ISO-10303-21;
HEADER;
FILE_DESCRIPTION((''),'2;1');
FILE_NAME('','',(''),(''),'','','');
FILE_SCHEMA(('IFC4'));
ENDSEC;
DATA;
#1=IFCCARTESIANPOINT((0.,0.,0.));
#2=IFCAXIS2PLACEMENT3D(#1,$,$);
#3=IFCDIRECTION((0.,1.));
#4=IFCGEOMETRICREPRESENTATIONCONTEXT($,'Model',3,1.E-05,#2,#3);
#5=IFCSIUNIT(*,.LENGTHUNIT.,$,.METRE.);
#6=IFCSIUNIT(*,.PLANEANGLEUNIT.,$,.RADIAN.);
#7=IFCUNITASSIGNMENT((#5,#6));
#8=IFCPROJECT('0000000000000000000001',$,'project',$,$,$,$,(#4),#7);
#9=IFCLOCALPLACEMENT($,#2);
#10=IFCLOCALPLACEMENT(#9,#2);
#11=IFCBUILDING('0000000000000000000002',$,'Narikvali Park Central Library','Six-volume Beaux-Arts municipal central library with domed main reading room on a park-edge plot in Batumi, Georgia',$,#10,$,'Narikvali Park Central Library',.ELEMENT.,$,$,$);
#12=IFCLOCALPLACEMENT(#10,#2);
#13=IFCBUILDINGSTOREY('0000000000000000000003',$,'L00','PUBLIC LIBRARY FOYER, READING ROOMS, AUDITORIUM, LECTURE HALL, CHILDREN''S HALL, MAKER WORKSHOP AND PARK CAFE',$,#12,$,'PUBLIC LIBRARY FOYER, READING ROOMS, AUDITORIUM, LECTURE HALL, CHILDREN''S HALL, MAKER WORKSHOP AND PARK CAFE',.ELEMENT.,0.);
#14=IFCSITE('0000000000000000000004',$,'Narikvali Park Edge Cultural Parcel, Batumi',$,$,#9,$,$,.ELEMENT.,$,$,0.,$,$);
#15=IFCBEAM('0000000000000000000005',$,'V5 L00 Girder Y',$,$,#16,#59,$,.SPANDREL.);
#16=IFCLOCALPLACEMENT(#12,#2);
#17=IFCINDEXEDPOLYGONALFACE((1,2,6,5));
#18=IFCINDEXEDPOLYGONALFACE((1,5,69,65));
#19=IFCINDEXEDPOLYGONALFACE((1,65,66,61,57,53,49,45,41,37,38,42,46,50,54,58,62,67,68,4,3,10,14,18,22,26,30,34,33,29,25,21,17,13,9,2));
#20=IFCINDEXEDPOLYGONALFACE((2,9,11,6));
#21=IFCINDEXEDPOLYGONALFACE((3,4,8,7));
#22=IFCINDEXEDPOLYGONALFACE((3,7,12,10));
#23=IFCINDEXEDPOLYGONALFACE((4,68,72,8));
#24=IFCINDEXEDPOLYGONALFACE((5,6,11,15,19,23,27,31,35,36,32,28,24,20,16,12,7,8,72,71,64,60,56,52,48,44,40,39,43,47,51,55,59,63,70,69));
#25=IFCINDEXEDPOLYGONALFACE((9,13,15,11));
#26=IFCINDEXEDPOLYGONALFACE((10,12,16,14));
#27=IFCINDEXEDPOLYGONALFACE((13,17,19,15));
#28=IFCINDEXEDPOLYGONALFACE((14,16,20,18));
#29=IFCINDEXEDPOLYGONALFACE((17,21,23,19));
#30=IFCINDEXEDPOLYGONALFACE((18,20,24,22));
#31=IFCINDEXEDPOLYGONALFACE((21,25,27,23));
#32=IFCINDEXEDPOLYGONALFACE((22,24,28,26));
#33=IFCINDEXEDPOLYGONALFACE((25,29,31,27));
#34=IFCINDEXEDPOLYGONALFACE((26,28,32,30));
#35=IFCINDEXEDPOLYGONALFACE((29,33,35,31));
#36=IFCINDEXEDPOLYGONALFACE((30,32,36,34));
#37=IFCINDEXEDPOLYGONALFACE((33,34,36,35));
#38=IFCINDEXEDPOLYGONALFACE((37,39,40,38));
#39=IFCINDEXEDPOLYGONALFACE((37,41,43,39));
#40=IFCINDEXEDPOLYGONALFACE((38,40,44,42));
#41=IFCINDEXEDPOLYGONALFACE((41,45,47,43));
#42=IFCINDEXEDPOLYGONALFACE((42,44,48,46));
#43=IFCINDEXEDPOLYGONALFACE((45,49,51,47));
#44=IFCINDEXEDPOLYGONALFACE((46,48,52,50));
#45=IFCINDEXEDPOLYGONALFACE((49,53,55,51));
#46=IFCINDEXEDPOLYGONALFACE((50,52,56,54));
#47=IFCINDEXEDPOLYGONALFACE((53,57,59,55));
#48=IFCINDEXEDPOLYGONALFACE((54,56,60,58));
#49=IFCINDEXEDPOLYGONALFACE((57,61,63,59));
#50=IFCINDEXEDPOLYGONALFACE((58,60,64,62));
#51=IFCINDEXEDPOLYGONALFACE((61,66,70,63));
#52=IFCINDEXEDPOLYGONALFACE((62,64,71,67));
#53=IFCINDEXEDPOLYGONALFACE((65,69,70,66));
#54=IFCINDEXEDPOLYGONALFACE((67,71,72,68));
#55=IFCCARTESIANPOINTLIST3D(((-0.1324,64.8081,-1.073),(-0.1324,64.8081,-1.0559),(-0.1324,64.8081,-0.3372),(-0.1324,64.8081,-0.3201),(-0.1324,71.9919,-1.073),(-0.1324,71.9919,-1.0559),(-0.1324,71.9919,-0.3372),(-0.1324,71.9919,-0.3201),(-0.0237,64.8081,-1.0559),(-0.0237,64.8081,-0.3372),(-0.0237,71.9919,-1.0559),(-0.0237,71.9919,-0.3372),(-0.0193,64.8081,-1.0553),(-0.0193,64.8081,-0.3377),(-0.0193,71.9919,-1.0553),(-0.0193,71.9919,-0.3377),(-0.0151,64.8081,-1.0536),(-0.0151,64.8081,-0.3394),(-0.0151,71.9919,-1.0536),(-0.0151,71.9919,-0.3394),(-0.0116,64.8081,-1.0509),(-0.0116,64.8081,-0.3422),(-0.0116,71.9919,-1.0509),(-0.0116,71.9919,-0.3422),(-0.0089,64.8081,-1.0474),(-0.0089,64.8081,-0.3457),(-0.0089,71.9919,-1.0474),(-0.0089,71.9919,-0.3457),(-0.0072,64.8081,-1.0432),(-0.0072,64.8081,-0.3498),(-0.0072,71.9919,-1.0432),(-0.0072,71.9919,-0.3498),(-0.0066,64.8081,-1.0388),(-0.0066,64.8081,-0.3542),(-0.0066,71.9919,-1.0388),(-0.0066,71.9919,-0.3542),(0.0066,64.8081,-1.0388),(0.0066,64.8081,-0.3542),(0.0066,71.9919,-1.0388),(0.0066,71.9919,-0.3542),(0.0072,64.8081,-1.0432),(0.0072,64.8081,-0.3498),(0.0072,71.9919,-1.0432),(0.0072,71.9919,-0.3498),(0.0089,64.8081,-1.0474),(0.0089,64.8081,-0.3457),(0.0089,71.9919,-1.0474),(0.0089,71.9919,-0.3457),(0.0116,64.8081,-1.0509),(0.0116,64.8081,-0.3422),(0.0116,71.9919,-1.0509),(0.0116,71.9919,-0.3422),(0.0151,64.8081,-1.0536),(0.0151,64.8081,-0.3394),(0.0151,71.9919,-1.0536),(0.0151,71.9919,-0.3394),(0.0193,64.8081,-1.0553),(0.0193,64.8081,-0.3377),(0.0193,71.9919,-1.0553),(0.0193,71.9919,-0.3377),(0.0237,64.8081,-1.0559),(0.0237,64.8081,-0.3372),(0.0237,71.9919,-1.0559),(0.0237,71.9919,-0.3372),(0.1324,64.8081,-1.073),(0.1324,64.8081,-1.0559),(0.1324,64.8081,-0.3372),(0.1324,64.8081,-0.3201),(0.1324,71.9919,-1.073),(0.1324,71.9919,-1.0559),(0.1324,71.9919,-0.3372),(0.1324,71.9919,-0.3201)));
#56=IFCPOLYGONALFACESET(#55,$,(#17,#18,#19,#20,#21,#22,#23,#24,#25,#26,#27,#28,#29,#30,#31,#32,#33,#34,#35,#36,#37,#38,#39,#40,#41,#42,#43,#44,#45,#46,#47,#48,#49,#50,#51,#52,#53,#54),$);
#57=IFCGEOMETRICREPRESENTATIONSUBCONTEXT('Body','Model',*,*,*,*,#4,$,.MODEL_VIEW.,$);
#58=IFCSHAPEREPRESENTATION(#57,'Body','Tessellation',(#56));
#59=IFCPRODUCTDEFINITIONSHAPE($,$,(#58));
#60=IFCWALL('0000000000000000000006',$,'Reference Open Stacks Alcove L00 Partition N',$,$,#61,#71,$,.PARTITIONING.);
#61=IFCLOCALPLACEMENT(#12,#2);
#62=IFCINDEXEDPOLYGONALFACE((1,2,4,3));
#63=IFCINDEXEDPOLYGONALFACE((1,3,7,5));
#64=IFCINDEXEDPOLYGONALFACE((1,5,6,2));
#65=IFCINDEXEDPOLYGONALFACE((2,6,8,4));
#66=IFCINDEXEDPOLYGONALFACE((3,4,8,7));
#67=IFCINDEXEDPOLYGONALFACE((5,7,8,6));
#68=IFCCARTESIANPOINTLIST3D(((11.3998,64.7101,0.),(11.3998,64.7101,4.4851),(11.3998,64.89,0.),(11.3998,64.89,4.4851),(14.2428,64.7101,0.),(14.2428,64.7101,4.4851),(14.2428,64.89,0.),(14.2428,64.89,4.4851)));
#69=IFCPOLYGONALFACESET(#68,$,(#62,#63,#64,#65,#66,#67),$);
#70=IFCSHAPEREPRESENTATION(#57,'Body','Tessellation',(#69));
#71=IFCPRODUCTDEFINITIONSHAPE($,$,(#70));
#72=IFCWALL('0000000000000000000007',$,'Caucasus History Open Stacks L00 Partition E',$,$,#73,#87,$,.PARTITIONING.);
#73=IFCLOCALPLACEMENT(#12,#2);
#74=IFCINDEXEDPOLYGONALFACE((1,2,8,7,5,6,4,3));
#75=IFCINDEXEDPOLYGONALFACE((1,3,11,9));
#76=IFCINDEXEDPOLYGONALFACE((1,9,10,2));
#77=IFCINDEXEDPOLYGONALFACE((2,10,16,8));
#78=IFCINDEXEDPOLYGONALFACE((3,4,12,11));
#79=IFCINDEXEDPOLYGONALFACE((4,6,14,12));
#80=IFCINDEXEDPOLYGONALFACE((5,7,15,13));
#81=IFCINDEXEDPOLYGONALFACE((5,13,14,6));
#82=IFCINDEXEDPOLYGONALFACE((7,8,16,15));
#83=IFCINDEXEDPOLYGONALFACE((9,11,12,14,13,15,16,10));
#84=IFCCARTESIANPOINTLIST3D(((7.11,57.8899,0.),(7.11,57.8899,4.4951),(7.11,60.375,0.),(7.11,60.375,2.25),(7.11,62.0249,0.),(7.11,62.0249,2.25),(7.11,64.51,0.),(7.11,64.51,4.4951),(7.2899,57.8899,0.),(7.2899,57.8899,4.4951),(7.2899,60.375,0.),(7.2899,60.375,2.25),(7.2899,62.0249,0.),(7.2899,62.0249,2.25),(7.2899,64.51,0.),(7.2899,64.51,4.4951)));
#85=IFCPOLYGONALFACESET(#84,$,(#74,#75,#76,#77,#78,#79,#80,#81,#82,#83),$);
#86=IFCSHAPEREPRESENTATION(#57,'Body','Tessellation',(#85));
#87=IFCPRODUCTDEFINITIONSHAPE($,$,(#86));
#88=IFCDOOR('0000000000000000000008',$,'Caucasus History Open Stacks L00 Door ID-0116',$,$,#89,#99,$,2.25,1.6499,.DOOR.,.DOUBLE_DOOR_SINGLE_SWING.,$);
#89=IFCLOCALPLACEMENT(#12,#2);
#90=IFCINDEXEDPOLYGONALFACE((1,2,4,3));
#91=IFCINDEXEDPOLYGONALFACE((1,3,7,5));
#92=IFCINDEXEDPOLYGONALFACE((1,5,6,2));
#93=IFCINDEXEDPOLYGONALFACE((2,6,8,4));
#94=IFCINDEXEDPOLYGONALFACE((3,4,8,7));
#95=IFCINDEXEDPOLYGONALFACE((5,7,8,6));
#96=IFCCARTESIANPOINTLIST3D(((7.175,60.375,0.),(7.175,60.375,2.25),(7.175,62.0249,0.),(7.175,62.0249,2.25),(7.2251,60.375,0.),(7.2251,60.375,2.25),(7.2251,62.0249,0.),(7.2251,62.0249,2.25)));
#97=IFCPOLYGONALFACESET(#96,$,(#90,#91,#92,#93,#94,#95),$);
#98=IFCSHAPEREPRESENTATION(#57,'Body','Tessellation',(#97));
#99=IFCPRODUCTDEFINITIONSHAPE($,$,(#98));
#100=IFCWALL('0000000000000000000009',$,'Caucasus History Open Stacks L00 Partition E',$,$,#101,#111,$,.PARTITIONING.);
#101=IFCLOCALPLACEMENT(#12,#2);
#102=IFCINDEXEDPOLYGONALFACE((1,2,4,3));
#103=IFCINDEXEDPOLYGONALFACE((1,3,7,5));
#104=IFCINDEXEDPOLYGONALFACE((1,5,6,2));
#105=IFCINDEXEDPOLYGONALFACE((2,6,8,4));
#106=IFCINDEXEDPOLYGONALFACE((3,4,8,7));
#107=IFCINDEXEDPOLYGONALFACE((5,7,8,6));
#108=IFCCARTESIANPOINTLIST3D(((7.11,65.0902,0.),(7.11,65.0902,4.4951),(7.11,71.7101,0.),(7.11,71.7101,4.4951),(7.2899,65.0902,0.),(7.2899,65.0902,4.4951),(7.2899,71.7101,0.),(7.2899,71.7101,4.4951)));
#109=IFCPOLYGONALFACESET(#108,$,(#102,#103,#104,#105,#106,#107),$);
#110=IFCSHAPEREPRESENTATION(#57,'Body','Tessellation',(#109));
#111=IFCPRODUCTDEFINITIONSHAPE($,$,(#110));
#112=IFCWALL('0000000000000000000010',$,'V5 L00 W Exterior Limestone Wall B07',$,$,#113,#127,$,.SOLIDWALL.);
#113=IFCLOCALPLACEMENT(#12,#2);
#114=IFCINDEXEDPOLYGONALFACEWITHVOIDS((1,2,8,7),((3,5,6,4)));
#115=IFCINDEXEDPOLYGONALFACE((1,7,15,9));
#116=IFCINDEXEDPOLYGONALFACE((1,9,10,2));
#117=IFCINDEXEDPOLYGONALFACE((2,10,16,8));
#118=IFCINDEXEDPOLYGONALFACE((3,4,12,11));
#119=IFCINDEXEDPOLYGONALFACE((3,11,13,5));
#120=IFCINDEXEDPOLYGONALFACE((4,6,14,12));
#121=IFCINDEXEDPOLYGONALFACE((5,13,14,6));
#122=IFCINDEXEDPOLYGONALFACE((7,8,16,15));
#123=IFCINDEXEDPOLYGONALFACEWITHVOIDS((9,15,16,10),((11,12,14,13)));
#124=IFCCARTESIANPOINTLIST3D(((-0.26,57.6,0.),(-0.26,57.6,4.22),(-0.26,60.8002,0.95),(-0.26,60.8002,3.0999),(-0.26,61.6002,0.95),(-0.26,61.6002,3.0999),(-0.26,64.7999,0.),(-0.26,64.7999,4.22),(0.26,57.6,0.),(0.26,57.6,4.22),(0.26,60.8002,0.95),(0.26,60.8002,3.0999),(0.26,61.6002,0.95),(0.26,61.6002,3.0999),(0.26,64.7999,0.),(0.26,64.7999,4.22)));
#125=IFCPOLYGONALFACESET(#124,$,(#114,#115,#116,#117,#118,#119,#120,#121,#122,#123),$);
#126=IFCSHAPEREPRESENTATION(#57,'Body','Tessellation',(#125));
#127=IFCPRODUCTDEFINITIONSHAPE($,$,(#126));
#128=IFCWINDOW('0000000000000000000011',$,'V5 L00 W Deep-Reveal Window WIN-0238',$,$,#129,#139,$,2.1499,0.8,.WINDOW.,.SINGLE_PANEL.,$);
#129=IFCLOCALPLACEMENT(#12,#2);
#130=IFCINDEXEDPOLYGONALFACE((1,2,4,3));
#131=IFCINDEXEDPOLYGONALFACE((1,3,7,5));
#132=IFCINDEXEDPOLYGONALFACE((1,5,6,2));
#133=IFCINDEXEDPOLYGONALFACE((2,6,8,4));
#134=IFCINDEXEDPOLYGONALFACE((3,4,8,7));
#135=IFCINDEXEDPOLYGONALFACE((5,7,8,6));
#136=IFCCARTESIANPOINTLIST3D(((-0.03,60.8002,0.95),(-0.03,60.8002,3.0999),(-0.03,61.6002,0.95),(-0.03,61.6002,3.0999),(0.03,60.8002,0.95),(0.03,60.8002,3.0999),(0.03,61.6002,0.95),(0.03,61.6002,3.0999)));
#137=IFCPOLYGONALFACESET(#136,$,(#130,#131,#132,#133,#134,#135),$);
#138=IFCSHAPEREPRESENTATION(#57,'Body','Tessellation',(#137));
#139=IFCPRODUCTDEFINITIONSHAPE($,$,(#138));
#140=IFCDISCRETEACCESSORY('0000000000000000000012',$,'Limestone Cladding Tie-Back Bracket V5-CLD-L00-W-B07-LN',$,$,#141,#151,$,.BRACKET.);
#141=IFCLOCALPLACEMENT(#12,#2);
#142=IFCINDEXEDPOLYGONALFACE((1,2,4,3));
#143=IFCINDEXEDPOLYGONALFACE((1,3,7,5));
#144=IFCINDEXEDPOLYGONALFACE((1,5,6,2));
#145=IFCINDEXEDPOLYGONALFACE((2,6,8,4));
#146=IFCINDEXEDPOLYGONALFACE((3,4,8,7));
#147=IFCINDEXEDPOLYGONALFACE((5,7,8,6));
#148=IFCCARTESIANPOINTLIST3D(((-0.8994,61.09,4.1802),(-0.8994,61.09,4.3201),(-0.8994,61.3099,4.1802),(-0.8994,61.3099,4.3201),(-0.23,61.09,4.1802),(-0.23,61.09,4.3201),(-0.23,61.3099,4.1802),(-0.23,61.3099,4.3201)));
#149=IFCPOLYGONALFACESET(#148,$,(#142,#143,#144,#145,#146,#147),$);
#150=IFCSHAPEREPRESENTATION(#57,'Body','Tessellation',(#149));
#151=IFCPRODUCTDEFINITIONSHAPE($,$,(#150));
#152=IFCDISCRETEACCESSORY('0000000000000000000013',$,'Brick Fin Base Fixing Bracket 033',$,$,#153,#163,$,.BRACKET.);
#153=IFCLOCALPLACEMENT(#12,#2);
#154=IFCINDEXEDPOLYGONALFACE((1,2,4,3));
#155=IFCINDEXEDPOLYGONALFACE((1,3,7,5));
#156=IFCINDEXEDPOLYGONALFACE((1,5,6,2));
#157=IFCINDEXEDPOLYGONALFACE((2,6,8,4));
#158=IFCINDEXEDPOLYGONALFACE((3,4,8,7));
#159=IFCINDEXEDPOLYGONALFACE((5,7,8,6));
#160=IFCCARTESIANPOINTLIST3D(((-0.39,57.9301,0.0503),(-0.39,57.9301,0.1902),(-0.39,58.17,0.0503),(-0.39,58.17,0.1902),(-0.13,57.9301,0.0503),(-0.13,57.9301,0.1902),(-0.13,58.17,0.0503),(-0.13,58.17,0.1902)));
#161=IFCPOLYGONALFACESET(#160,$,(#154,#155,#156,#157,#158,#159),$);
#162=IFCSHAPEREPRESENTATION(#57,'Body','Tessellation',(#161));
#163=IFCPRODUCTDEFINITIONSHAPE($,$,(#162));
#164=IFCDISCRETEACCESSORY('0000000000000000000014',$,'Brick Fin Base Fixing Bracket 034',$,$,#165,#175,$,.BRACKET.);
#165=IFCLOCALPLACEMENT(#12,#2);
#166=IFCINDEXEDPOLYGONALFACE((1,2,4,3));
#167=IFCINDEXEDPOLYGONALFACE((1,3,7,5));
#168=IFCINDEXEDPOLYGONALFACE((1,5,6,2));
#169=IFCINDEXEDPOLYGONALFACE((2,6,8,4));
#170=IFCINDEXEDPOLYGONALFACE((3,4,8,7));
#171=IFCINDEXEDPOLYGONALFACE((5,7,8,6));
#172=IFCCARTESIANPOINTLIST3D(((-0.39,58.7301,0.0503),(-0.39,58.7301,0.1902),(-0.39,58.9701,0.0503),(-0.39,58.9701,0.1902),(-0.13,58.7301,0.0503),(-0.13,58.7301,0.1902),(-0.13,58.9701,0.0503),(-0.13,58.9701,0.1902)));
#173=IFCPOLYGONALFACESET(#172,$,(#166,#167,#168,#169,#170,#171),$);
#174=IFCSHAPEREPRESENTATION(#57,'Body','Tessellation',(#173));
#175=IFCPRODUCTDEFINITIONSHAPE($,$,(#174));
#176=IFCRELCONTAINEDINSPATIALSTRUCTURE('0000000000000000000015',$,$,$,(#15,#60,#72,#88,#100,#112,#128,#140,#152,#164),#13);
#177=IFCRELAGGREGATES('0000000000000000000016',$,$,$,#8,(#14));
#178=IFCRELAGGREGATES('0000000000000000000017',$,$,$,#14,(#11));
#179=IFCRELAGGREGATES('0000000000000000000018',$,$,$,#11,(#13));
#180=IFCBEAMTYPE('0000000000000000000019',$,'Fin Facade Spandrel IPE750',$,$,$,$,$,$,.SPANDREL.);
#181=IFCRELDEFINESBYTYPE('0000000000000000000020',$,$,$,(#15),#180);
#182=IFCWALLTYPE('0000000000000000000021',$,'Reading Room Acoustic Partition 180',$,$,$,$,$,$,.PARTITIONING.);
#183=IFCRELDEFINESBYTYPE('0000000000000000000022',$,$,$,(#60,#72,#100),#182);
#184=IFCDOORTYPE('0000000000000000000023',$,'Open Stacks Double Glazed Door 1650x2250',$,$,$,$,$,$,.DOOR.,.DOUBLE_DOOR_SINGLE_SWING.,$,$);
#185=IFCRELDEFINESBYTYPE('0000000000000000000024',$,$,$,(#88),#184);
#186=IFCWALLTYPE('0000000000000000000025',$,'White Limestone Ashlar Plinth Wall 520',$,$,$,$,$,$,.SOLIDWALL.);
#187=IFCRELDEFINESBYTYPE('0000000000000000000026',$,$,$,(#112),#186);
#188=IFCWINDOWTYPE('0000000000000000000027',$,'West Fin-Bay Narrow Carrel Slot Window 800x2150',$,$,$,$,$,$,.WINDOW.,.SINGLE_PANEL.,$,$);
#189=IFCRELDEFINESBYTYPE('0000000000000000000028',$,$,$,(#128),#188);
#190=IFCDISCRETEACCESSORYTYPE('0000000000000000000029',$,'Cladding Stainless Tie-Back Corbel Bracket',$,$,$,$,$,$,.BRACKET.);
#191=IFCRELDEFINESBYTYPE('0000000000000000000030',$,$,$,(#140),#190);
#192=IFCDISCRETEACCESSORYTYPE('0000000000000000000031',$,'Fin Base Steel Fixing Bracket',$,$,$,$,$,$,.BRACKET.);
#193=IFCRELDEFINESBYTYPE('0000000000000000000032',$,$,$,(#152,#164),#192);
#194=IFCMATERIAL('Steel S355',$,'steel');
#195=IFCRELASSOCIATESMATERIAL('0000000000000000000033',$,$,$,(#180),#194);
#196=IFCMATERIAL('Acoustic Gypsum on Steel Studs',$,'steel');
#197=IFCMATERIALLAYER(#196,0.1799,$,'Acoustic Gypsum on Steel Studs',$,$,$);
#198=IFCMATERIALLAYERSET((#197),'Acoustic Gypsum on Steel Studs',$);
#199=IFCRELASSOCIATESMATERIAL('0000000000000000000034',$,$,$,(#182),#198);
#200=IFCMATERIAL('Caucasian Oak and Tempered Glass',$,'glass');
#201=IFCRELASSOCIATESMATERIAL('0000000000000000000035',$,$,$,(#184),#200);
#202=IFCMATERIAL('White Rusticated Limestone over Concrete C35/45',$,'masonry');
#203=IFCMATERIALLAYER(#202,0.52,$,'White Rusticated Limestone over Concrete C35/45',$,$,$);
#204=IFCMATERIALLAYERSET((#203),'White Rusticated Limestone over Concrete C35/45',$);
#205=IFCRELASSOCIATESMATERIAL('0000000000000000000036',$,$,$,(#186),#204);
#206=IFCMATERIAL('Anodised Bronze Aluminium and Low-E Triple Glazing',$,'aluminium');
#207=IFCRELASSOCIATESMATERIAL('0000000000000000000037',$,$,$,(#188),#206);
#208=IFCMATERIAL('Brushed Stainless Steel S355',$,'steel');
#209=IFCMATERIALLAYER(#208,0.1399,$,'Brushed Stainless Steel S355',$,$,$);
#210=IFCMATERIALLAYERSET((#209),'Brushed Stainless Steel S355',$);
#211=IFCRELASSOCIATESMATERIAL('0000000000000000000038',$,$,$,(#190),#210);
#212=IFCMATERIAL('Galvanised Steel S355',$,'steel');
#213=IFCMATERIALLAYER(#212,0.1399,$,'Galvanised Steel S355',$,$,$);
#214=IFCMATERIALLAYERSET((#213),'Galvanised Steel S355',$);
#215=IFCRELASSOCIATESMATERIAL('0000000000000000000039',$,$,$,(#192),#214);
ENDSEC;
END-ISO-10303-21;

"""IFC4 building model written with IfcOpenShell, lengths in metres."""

from ifc_helpers import new_model, si_unit, direction, frame, frame_2d, origin, origin_2d, place, context, subcontext, project, spatial, rectangle, i_section, extrude, material, layer, layer_set, material_profile, profile_set, type_object, element, fill, save


model = new_model("IFC4")

# Units and contexts
model_context = context("Model", 3, precision=1e-05, world=origin(), true_north=direction((0.0, 1.0)))
body_context = subcontext(model_context, "Body", "Model", "MODEL_VIEW")
ifc_project = project(units=[si_unit("LENGTHUNIT", "METRE"), si_unit("PLANEANGLEUNIT", "RADIAN")], contexts=[model_context])

# Site, building, storey
site_placement = place(None, origin())
site = spatial("IfcSite", under=ifc_project, at=site_placement, Name="Narikvali Park Edge Cultural Parcel, Batumi", CompositionType="ELEMENT", RefElevation=0.0)
building_placement = place(site_placement, origin())
building = spatial("IfcBuilding", under=site, at=building_placement, Name="Narikvali Park Central Library", Description="Six-volume Beaux-Arts municipal central library with domed main reading room on a park-edge plot in Batumi, Georgia", LongName="Narikvali Park Central Library", CompositionType="ELEMENT")
storey_placement = place(building_placement, origin())
storey = spatial("IfcBuildingStorey", under=building, at=storey_placement, Name="L00", Description="PUBLIC LIBRARY FOYER, READING ROOMS, AUDITORIUM, LECTURE HALL, CHILDREN'S HALL, MAKER WORKSHOP AND PARK CAFE", LongName="PUBLIC LIBRARY FOYER, READING ROOMS, AUDITORIUM, LECTURE HALL, CHILDREN'S HALL, MAKER WORKSHOP AND PARK CAFE", CompositionType="ELEMENT", Elevation=0.0)

# Shared definitions
ifc_material_1 = material(Name="Steel S355", Category="steel")

# Beam
ifc_material_profile_1 = material_profile(ifc_material_1, i_section(OverallWidth=0.2649, OverallDepth=0.7529, WebThickness=0.0132, FlangeThickness=0.0171, FilletRadius=0.0171, at=origin_2d()), Name="IPE 750x147")
ifc_profile_set_1 = profile_set([ifc_material_profile_1], Name="Steel S355")
beam_type_1 = type_object("IfcBeamType", Name="Fin Facade Spandrel IPE750", PredefinedType="SPANDREL", material=ifc_profile_set_1)
beam_1_placement = place(storey_placement, frame((0.0, 64.8081, -0.6965), z_axis=(0.0, 1.0, 0.0), x_axis=(-1.0, 0.0, 0.0)))
element("IfcBeam", 1, at=beam_1_placement, inside=storey, type_object=beam_type_1, Name="V5 L00 Girder Y", PredefinedType="SPANDREL", context=body_context, shape_type="SweptSolid", body=[
    extrude(i_section(OverallWidth=0.2649, OverallDepth=0.7529, WebThickness=0.0132, FlangeThickness=0.0171, FilletRadius=0.0171, at=origin_2d()), origin(), (0.0, 0.0, 1.0), 7.1838),
])

# Wall
ifc_material_2 = material(Name="Acoustic Gypsum on Steel Studs", Category="steel")
ifc_layer_1 = layer(ifc_material_2, 0.1799, Name="Acoustic Gypsum on Steel Studs")
ifc_layer_set_1 = layer_set([ifc_layer_1], Name="Acoustic Gypsum on Steel Studs")
wall_type_1 = type_object("IfcWallType", Name="Reading Room Acoustic Partition 180", PredefinedType="PARTITIONING", material=ifc_layer_set_1)
wall_1_placement = place(storey_placement, frame((11.3999, 64.8, 0.0), z_axis=(0.0, 0.0, 1.0), x_axis=(1.0, 0.0, 0.0)))
element("IfcWall", 2, at=wall_1_placement, inside=storey, type_object=wall_type_1, Name="Reference Open Stacks Alcove L00 Partition N", PredefinedType="PARTITIONING", context=body_context, shape_type="SweptSolid", body=[
    extrude(rectangle(XDim=2.843, YDim=0.1799, at=frame_2d((1.4214, 0.0))), origin(), (0.0, 0.0, 1.0), 4.4851),
])

# Wall, opening, door
wall_2_placement = place(storey_placement, frame((7.2, 57.8899, 0.0), z_axis=(0.0, 0.0, 1.0), x_axis=(0.0, 1.0, 0.0)))
wall_2 = element("IfcWall", 3, at=wall_2_placement, inside=storey, type_object=wall_type_1, Name="Caucasus History Open Stacks L00 Partition E", PredefinedType="PARTITIONING", context=body_context, shape_type="SweptSolid", body=[
    extrude(rectangle(XDim=6.6201, YDim=0.1799, at=frame_2d((3.3101, 0.0))), origin(), (0.0, 0.0, 1.0), 4.4951),
])
opening_1_placement = place(wall_2_placement, frame((2.4851, 0.0, 0.0)))
opening_1 = element("IfcOpeningElement", 4, at=opening_1_placement, cuts=wall_2, PredefinedType="OPENING", context=body_context, shape_type="SweptSolid", body=[
    extrude(rectangle(XDim=1.6499, YDim=2.25, at=frame_2d((0.825, 1.125))), frame((0.0, 0.1021, 0.0), z_axis=(0.0, -1.0, 0.0), x_axis=(1.0, 0.0, 0.0)), (0.0, 0.0, 1.0), 0.2039),
])
ifc_material_3 = material(Name="Caucasian Oak and Tempered Glass", Category="glass")
door_type = type_object("IfcDoorType", Name="Open Stacks Double Glazed Door 1650x2250", OperationType="DOUBLE_DOOR_SINGLE_SWING", PredefinedType="DOOR", material=ifc_material_3)
door_placement = place(opening_1_placement, origin())
door = element("IfcDoor", 5, at=door_placement, inside=storey, type_object=door_type, Name="Caucasus History Open Stacks L00 Door ID-0116", OperationType="DOUBLE_DOOR_SINGLE_SWING", OverallHeight=2.25, OverallWidth=1.6499, PredefinedType="DOOR", context=body_context, shape_type="SweptSolid", body=[
    extrude(rectangle(XDim=1.6499, YDim=2.25, at=frame_2d((0.825, 1.125))), frame((0.0, 0.0249, 0.0), z_axis=(0.0, -1.0, 0.0), x_axis=(1.0, 0.0, 0.0)), (0.0, 0.0, 1.0), 0.05),
])
fill(opening_1, door)

# Wall
wall_3_placement = place(storey_placement, frame((7.2, 65.0901, 0.0), z_axis=(0.0, 0.0, 1.0), x_axis=(0.0, 1.0, 0.0)))
element("IfcWall", 6, at=wall_3_placement, inside=storey, type_object=wall_type_1, Name="Caucasus History Open Stacks L00 Partition E", PredefinedType="PARTITIONING", context=body_context, shape_type="SweptSolid", body=[
    extrude(rectangle(XDim=6.6199, YDim=0.1799, at=frame_2d((3.3101, 0.0))), origin(), (0.0, 0.0, 1.0), 4.4951),
])

# Wall, opening, window
ifc_material_4 = material(Name="White Rusticated Limestone over Concrete C35/45", Category="masonry")
ifc_layer_2 = layer(ifc_material_4, 0.52, Name="White Rusticated Limestone over Concrete C35/45")
ifc_layer_set_2 = layer_set([ifc_layer_2], Name="White Rusticated Limestone over Concrete C35/45")
wall_type_2 = type_object("IfcWallType", Name="White Limestone Ashlar Plinth Wall 520", PredefinedType="SOLIDWALL", material=ifc_layer_set_2)
wall_4_placement = place(storey_placement, frame((0.0, 64.8, 0.0), z_axis=(0.0, 0.0, 1.0), x_axis=(0.0, -1.0, 0.0)))
wall_4 = element("IfcWall", 7, at=wall_4_placement, inside=storey, type_object=wall_type_2, Name="V5 L00 W Exterior Limestone Wall B07", PredefinedType="SOLIDWALL", context=body_context, shape_type="SweptSolid", body=[
    extrude(rectangle(XDim=7.2, YDim=0.52, at=frame_2d((3.6001, 0.0))), origin(), (0.0, 0.0, 1.0), 4.22),
])
opening_2_placement = place(wall_4_placement, frame((3.2, 0.0, 0.95)))
opening_2 = element("IfcOpeningElement", 8, at=opening_2_placement, cuts=wall_4, PredefinedType="OPENING", context=body_context, shape_type="SweptSolid", body=[
    extrude(rectangle(XDim=0.8, YDim=2.1499, at=frame_2d((0.3999, 1.075))), frame((0.0, 0.272, 0.0), z_axis=(0.0, -1.0, 0.0), x_axis=(1.0, 0.0, 0.0)), (0.0, 0.0, 1.0), 0.5439),
])
ifc_material_5 = material(Name="Anodised Bronze Aluminium and Low-E Triple Glazing", Category="aluminium")
window_type = type_object("IfcWindowType", Name="West Fin-Bay Narrow Carrel Slot Window 800x2150", PartitioningType="SINGLE_PANEL", PredefinedType="WINDOW", material=ifc_material_5)
window_placement = place(opening_2_placement, origin())
window = element("IfcWindow", 9, at=window_placement, inside=storey, type_object=window_type, Name="V5 L00 W Deep-Reveal Window WIN-0238", OverallHeight=2.1499, OverallWidth=0.8, PartitioningType="SINGLE_PANEL", PredefinedType="WINDOW", context=body_context, shape_type="SweptSolid", body=[
    extrude(rectangle(XDim=0.8, YDim=2.1499, at=frame_2d((0.3999, 1.075))), frame((0.0, 0.03, 0.0), z_axis=(0.0, -1.0, 0.0), x_axis=(1.0, 0.0, 0.0)), (0.0, 0.0, 1.0), 0.0601),
])
fill(opening_2, window)

# Discrete accessories
ifc_material_6 = material(Name="Brushed Stainless Steel S355", Category="steel")
ifc_layer_3 = layer(ifc_material_6, 0.1399, Name="Brushed Stainless Steel S355")
ifc_layer_set_3 = layer_set([ifc_layer_3], Name="Brushed Stainless Steel S355")
discrete_accessory_type_1 = type_object("IfcDiscreteAccessoryType", Name="Cladding Stainless Tie-Back Corbel Bracket", PredefinedType="BRACKET", material=ifc_layer_set_3)
discrete_accessory_placement = place(storey_placement, frame((-0.5647, 61.2, 4.1802), z_axis=(0.0, 0.0, 1.0), x_axis=(1.0, 0.0, 0.0)))
element("IfcDiscreteAccessory", 10, at=discrete_accessory_placement, inside=storey, type_object=discrete_accessory_type_1, Name="Limestone Cladding Tie-Back Bracket V5-CLD-L00-W-B07-LN", PredefinedType="BRACKET", context=body_context, shape_type="SweptSolid", body=[
    extrude(rectangle(XDim=0.6694, YDim=0.22, at=origin_2d()), origin(), (0.0, 0.0, 1.0), 0.1399),
])
ifc_material_7 = material(Name="Galvanised Steel S355", Category="steel")
ifc_layer_4 = layer(ifc_material_7, 0.1399, Name="Galvanised Steel S355")
ifc_layer_set_4 = layer_set([ifc_layer_4], Name="Galvanised Steel S355")
discrete_accessory_type_2 = type_object("IfcDiscreteAccessoryType", Name="Fin Base Steel Fixing Bracket", PredefinedType="BRACKET", material=ifc_layer_set_4)
for number, where, z_axis, x_axis, name in (
    (11, (-0.26, 58.05, 0.0503), (0.0, 0.0, 1.0), (1.0, 0.0, 0.0), "Brick Fin Base Fixing Bracket 033"),
    (12, (-0.26, 58.8501, 0.0503), (0.0, 0.0, 1.0), (1.0, 0.0, 0.0), "Brick Fin Base Fixing Bracket 034"),
):
    element("IfcDiscreteAccessory", number, at=place(storey_placement, frame(where, z_axis=z_axis, x_axis=x_axis)), inside=storey, type_object=discrete_accessory_type_2, Name=name, PredefinedType="BRACKET", context=body_context, shape_type="SweptSolid", body=[
        extrude(rectangle(XDim=0.26, YDim=0.24, at=origin_2d()), origin(), (0.0, 0.0, 1.0), 0.1399),
    ])

save(model, "model.ifc")
